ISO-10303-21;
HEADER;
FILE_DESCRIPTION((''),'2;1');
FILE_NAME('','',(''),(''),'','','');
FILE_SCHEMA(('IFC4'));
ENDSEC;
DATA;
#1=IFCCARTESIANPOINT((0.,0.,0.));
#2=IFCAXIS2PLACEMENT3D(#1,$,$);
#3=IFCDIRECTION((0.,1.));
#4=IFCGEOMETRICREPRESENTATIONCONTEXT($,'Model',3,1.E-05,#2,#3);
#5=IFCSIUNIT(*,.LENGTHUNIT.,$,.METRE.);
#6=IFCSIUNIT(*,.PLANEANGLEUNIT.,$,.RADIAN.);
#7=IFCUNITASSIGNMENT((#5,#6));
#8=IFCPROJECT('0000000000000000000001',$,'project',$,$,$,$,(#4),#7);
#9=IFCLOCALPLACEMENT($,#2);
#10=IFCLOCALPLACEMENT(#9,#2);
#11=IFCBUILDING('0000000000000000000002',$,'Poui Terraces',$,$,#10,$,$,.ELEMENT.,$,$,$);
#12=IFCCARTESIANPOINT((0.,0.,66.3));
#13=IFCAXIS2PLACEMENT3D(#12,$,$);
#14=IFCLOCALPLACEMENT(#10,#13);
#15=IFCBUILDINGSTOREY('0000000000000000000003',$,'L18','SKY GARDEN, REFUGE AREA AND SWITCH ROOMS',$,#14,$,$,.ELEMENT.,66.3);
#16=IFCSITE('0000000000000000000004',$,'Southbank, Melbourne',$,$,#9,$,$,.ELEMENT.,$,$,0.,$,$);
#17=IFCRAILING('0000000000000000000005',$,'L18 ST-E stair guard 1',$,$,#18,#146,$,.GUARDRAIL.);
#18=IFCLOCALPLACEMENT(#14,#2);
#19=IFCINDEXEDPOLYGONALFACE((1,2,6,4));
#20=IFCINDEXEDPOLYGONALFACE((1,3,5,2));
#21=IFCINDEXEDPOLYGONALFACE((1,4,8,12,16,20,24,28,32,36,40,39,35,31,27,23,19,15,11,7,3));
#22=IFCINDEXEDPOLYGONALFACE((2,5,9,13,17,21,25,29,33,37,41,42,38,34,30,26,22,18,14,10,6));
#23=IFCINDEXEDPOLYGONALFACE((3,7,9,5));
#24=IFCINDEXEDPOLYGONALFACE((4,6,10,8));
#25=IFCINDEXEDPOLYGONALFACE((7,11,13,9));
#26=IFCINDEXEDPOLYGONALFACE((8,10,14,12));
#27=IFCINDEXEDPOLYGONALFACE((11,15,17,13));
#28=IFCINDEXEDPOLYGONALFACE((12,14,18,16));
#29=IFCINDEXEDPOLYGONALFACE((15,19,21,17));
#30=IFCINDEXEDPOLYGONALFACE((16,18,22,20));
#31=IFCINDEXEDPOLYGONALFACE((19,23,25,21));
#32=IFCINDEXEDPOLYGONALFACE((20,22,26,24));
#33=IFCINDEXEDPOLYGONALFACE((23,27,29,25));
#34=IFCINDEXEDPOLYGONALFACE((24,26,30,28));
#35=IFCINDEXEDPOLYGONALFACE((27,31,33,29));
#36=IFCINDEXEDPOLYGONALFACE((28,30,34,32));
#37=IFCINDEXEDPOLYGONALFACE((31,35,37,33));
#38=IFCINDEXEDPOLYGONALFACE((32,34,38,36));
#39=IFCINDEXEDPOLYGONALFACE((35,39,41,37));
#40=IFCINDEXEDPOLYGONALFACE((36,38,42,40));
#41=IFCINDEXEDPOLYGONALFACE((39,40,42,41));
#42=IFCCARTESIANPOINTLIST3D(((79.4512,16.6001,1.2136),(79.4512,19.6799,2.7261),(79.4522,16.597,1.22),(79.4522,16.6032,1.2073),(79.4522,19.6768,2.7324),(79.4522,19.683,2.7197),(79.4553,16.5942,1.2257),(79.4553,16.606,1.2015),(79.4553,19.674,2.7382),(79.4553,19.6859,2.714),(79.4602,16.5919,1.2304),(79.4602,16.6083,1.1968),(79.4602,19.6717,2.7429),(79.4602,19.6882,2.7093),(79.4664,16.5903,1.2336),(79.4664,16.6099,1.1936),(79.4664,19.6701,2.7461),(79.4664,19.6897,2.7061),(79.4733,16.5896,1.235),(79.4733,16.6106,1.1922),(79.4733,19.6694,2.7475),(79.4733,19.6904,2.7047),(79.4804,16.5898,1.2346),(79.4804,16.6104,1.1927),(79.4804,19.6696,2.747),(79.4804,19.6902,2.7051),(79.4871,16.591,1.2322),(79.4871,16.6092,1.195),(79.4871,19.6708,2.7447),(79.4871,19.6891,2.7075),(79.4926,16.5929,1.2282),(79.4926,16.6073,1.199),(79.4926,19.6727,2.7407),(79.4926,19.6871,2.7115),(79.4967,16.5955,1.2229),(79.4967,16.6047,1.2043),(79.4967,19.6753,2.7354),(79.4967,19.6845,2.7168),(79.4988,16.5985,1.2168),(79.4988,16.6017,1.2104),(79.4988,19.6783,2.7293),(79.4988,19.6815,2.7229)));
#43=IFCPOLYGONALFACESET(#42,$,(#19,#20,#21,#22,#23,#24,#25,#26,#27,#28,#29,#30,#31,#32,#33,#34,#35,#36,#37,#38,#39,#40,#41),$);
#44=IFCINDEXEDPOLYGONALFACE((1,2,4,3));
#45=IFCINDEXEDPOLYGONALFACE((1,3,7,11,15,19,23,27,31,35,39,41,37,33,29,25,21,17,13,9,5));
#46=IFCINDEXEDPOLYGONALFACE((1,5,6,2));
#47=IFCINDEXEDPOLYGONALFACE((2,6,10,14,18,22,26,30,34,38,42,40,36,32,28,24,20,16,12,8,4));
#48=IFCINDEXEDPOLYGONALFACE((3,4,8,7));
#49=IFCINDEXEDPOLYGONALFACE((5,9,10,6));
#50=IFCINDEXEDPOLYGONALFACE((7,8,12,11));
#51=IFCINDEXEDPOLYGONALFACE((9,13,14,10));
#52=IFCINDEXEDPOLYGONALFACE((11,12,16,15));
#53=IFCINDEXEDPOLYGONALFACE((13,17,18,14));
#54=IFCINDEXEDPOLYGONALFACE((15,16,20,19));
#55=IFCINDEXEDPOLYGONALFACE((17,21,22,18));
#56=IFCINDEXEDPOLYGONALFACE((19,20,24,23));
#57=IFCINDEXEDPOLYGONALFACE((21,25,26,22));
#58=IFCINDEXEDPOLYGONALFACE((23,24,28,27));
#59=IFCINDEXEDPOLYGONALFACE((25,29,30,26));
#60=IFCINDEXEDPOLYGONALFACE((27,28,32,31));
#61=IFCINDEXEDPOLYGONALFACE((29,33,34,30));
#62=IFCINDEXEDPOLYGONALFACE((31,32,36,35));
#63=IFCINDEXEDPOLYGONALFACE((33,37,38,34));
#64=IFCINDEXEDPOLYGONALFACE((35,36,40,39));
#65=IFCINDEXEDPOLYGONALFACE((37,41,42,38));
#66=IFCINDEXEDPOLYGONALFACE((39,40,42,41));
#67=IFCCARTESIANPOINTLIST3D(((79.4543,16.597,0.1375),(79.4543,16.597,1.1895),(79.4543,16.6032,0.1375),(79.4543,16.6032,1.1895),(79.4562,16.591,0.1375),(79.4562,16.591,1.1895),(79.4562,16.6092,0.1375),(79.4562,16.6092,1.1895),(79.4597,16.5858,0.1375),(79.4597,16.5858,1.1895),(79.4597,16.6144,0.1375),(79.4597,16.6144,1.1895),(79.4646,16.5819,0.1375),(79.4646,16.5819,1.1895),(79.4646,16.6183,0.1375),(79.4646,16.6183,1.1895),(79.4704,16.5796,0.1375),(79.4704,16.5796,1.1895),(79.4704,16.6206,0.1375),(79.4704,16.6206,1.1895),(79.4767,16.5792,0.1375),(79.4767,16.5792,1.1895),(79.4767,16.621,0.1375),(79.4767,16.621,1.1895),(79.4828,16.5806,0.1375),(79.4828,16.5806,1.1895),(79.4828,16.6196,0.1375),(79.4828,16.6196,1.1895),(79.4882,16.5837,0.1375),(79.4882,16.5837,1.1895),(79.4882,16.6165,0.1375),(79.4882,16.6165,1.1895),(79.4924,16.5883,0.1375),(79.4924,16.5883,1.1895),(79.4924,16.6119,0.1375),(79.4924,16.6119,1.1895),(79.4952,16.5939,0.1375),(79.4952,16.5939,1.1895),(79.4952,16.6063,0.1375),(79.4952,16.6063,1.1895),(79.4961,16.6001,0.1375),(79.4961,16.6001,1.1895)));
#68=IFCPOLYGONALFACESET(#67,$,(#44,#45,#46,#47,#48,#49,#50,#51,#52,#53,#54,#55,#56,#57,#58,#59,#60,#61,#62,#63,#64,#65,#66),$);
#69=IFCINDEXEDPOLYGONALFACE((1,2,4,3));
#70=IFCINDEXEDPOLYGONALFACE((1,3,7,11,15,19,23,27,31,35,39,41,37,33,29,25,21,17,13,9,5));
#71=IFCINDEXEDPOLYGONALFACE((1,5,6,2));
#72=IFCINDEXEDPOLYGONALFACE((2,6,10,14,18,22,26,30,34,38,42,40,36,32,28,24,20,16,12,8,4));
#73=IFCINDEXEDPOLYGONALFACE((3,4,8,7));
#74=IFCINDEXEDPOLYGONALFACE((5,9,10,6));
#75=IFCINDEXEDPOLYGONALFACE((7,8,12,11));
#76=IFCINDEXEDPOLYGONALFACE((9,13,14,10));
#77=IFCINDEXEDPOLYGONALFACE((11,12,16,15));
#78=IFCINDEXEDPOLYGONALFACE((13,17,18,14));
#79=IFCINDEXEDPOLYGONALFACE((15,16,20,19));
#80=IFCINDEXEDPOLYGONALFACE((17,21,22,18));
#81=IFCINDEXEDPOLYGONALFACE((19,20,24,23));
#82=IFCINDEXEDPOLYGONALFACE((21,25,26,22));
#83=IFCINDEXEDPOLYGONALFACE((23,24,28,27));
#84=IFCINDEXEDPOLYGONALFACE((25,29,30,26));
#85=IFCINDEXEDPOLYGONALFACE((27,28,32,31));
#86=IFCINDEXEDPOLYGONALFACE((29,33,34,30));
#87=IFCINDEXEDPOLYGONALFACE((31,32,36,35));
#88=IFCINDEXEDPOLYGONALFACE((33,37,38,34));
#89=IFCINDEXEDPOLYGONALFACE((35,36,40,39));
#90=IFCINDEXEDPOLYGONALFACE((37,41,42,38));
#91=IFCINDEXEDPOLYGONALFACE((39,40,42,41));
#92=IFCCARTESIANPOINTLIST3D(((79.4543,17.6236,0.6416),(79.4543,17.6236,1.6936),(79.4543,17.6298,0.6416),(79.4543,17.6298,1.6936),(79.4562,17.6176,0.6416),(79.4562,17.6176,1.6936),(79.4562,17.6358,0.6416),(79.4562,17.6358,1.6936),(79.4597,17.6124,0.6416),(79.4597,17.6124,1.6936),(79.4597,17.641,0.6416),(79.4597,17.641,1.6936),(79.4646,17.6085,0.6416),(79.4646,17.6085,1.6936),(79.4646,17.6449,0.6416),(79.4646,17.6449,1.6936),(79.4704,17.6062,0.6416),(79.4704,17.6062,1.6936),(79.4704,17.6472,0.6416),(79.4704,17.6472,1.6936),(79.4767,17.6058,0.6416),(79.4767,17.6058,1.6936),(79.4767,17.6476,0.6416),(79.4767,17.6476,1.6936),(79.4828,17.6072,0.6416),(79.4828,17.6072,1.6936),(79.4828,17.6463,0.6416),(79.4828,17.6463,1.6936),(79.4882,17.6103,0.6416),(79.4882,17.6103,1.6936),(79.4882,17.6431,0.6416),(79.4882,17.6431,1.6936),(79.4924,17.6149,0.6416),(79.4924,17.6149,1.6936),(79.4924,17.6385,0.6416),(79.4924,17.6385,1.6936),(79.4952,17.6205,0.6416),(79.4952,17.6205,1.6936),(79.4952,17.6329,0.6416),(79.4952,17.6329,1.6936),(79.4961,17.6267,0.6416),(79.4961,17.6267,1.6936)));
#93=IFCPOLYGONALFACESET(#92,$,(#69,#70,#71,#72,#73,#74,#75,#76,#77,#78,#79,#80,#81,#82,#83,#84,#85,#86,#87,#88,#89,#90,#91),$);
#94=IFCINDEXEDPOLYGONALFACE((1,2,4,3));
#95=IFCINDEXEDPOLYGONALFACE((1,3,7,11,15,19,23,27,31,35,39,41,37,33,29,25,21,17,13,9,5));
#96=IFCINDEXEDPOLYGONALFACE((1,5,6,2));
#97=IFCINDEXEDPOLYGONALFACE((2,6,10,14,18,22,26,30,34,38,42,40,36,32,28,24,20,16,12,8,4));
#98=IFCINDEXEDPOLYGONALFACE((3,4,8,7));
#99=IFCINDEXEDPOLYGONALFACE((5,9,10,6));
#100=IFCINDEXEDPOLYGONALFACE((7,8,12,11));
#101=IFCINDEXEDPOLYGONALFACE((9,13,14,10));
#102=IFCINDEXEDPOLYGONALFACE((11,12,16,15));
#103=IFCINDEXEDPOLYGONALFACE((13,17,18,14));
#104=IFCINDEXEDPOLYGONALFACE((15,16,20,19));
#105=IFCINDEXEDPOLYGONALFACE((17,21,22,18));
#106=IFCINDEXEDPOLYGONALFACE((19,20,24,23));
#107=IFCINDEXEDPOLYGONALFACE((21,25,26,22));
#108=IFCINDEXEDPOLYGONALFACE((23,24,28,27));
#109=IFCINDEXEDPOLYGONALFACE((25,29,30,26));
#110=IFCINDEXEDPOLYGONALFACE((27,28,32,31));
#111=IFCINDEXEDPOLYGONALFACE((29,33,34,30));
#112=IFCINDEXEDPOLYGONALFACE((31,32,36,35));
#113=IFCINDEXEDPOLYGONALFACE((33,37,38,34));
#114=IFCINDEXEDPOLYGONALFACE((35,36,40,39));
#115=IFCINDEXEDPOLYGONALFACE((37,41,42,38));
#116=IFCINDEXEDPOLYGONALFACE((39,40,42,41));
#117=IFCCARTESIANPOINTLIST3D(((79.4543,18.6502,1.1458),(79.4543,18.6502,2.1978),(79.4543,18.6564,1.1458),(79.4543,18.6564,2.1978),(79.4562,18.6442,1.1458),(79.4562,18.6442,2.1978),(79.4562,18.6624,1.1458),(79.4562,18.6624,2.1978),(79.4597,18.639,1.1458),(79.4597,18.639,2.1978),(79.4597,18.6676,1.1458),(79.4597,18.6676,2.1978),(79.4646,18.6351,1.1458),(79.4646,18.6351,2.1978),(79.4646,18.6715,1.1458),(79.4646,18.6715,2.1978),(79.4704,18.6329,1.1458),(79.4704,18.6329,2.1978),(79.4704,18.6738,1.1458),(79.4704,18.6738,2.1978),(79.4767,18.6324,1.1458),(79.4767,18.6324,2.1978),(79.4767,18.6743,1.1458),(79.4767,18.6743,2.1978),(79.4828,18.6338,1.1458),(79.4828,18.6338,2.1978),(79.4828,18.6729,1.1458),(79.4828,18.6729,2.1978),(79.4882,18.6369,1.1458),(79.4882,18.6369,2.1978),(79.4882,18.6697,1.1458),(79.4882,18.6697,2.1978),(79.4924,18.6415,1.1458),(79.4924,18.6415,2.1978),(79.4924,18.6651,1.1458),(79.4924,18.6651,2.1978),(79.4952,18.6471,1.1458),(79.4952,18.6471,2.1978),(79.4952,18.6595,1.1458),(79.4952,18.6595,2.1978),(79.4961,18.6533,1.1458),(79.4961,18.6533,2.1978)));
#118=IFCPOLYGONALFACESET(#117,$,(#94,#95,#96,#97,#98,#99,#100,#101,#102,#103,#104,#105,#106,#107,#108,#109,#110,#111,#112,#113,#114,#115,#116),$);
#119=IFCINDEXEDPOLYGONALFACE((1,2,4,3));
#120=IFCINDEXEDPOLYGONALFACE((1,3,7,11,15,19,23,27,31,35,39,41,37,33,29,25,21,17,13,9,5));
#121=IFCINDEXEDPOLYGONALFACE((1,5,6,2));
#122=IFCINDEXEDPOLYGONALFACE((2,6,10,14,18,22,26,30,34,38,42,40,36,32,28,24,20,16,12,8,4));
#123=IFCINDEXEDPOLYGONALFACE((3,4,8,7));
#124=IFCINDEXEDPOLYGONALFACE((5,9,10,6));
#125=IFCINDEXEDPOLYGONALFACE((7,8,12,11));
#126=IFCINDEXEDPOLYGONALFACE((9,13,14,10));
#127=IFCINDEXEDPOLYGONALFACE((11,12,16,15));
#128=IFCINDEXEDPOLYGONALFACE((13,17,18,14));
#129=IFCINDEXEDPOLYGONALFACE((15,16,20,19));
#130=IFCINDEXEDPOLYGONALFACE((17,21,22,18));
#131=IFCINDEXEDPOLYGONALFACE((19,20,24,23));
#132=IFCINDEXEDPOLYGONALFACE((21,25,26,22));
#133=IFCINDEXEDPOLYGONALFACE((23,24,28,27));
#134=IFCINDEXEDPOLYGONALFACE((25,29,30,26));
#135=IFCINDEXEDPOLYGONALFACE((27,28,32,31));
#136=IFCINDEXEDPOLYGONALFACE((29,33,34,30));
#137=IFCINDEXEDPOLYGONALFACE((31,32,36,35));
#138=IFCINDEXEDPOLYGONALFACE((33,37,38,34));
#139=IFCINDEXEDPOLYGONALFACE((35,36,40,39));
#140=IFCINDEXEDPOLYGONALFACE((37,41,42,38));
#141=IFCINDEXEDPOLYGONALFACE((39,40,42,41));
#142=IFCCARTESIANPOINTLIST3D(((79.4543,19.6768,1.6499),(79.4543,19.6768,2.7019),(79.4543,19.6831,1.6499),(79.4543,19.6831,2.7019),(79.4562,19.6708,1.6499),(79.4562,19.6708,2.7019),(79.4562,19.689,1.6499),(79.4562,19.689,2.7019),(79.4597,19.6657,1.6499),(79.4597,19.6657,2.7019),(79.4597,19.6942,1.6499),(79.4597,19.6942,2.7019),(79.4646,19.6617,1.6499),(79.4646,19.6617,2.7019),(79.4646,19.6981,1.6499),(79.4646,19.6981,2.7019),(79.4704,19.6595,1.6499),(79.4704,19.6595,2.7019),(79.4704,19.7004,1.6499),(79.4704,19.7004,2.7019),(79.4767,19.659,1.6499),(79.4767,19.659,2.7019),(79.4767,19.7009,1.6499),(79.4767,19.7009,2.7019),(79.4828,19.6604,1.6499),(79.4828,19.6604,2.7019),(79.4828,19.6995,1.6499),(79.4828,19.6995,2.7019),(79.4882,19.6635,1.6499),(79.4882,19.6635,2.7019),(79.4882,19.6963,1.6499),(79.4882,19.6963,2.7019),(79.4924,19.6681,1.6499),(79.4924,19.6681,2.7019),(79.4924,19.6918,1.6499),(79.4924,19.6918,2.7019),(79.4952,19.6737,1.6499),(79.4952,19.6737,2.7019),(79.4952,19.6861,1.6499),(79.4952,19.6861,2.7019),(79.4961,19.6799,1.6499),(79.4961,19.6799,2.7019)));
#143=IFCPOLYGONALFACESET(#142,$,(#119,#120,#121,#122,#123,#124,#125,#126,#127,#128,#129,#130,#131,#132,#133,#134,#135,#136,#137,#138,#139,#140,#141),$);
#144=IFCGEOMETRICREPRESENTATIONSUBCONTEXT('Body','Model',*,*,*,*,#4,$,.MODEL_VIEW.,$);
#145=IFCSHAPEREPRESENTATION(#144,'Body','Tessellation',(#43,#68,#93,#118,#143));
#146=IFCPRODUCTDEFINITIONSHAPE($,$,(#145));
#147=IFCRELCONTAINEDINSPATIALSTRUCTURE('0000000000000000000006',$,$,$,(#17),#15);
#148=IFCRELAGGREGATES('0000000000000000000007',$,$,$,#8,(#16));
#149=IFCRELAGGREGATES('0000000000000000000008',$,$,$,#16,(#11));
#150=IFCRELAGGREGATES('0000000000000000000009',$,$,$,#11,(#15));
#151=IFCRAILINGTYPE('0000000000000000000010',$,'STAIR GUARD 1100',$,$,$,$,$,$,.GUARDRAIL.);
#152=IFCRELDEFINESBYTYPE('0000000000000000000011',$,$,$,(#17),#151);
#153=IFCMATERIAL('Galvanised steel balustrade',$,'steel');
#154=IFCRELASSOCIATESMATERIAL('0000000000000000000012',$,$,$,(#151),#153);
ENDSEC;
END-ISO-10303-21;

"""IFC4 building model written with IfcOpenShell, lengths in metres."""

from ifc_helpers import new_model, si_unit, direction, frame, origin, origin_2d, place, context, subcontext, project, spatial, circle, extrude, material, type_object, element, save


model = new_model("IFC4")

# Units and contexts
model_context = context("Model", 3, precision=1e-05, world=origin(), true_north=direction((0.0, 1.0)))
body_context = subcontext(model_context, "Body", "Model", "MODEL_VIEW")
ifc_project = project(units=[si_unit("LENGTHUNIT", "METRE"), si_unit("PLANEANGLEUNIT", "RADIAN")], contexts=[model_context])

# Site, building, storey
site_placement = place(None, origin())
site = spatial("IfcSite", under=ifc_project, at=site_placement, Name="Southbank, Melbourne", CompositionType="ELEMENT", RefElevation=0.0)
building_placement = place(site_placement, origin())
building = spatial("IfcBuilding", under=site, at=building_placement, Name="Poui Terraces", CompositionType="ELEMENT")
storey_placement = place(building_placement, frame((0.0, 0.0, 66.3)))
storey = spatial("IfcBuildingStorey", under=building, at=storey_placement, Name="L18", Description="SKY GARDEN, REFUGE AREA AND SWITCH ROOMS", CompositionType="ELEMENT", Elevation=66.3)

# Railing
ifc_material_1 = material(Name="Galvanised steel balustrade", Category="steel")
railing_type_1 = type_object("IfcRailingType", Name="STAIR GUARD 1100", PredefinedType="GUARDRAIL", material=ifc_material_1)
for number, where, name in (
    (1, (79.4751, 16.6001, 0.1375), "L18 ST-E stair guard 1"),
):
    element("IfcRailing", number, at=place(storey_placement, frame(where)), inside=storey, type_object=railing_type_1, Name=name, PredefinedType="GUARDRAIL", context=body_context, shape_type="SweptSolid", body=[
        extrude(circle(Radius=0.0239, at=origin_2d()), frame((0.0, 0.0, 1.0762), z_axis=(0.0, 0.897606, 0.440798), x_axis=(-1.0, 0.0, 0.0)), (0.0, 0.0, 1.0), 3.4312),
        extrude(circle(Radius=0.021, at=origin_2d()), origin(), (0.0, 0.0, 1.0), 1.052),
        extrude(circle(Radius=0.021, at=origin_2d()), frame((0.0, 1.0266, 0.5042)), (0.0, 0.0, 1.0), 1.052),
        extrude(circle(Radius=0.021, at=origin_2d()), frame((0.0, 2.0532, 1.0083)), (0.0, 0.0, 1.0), 1.052),
        extrude(circle(Radius=0.021, at=origin_2d()), frame((0.0, 3.0798, 1.5125)), (0.0, 0.0, 1.0), 1.052),
    ])

save(model, "model.ifc")
